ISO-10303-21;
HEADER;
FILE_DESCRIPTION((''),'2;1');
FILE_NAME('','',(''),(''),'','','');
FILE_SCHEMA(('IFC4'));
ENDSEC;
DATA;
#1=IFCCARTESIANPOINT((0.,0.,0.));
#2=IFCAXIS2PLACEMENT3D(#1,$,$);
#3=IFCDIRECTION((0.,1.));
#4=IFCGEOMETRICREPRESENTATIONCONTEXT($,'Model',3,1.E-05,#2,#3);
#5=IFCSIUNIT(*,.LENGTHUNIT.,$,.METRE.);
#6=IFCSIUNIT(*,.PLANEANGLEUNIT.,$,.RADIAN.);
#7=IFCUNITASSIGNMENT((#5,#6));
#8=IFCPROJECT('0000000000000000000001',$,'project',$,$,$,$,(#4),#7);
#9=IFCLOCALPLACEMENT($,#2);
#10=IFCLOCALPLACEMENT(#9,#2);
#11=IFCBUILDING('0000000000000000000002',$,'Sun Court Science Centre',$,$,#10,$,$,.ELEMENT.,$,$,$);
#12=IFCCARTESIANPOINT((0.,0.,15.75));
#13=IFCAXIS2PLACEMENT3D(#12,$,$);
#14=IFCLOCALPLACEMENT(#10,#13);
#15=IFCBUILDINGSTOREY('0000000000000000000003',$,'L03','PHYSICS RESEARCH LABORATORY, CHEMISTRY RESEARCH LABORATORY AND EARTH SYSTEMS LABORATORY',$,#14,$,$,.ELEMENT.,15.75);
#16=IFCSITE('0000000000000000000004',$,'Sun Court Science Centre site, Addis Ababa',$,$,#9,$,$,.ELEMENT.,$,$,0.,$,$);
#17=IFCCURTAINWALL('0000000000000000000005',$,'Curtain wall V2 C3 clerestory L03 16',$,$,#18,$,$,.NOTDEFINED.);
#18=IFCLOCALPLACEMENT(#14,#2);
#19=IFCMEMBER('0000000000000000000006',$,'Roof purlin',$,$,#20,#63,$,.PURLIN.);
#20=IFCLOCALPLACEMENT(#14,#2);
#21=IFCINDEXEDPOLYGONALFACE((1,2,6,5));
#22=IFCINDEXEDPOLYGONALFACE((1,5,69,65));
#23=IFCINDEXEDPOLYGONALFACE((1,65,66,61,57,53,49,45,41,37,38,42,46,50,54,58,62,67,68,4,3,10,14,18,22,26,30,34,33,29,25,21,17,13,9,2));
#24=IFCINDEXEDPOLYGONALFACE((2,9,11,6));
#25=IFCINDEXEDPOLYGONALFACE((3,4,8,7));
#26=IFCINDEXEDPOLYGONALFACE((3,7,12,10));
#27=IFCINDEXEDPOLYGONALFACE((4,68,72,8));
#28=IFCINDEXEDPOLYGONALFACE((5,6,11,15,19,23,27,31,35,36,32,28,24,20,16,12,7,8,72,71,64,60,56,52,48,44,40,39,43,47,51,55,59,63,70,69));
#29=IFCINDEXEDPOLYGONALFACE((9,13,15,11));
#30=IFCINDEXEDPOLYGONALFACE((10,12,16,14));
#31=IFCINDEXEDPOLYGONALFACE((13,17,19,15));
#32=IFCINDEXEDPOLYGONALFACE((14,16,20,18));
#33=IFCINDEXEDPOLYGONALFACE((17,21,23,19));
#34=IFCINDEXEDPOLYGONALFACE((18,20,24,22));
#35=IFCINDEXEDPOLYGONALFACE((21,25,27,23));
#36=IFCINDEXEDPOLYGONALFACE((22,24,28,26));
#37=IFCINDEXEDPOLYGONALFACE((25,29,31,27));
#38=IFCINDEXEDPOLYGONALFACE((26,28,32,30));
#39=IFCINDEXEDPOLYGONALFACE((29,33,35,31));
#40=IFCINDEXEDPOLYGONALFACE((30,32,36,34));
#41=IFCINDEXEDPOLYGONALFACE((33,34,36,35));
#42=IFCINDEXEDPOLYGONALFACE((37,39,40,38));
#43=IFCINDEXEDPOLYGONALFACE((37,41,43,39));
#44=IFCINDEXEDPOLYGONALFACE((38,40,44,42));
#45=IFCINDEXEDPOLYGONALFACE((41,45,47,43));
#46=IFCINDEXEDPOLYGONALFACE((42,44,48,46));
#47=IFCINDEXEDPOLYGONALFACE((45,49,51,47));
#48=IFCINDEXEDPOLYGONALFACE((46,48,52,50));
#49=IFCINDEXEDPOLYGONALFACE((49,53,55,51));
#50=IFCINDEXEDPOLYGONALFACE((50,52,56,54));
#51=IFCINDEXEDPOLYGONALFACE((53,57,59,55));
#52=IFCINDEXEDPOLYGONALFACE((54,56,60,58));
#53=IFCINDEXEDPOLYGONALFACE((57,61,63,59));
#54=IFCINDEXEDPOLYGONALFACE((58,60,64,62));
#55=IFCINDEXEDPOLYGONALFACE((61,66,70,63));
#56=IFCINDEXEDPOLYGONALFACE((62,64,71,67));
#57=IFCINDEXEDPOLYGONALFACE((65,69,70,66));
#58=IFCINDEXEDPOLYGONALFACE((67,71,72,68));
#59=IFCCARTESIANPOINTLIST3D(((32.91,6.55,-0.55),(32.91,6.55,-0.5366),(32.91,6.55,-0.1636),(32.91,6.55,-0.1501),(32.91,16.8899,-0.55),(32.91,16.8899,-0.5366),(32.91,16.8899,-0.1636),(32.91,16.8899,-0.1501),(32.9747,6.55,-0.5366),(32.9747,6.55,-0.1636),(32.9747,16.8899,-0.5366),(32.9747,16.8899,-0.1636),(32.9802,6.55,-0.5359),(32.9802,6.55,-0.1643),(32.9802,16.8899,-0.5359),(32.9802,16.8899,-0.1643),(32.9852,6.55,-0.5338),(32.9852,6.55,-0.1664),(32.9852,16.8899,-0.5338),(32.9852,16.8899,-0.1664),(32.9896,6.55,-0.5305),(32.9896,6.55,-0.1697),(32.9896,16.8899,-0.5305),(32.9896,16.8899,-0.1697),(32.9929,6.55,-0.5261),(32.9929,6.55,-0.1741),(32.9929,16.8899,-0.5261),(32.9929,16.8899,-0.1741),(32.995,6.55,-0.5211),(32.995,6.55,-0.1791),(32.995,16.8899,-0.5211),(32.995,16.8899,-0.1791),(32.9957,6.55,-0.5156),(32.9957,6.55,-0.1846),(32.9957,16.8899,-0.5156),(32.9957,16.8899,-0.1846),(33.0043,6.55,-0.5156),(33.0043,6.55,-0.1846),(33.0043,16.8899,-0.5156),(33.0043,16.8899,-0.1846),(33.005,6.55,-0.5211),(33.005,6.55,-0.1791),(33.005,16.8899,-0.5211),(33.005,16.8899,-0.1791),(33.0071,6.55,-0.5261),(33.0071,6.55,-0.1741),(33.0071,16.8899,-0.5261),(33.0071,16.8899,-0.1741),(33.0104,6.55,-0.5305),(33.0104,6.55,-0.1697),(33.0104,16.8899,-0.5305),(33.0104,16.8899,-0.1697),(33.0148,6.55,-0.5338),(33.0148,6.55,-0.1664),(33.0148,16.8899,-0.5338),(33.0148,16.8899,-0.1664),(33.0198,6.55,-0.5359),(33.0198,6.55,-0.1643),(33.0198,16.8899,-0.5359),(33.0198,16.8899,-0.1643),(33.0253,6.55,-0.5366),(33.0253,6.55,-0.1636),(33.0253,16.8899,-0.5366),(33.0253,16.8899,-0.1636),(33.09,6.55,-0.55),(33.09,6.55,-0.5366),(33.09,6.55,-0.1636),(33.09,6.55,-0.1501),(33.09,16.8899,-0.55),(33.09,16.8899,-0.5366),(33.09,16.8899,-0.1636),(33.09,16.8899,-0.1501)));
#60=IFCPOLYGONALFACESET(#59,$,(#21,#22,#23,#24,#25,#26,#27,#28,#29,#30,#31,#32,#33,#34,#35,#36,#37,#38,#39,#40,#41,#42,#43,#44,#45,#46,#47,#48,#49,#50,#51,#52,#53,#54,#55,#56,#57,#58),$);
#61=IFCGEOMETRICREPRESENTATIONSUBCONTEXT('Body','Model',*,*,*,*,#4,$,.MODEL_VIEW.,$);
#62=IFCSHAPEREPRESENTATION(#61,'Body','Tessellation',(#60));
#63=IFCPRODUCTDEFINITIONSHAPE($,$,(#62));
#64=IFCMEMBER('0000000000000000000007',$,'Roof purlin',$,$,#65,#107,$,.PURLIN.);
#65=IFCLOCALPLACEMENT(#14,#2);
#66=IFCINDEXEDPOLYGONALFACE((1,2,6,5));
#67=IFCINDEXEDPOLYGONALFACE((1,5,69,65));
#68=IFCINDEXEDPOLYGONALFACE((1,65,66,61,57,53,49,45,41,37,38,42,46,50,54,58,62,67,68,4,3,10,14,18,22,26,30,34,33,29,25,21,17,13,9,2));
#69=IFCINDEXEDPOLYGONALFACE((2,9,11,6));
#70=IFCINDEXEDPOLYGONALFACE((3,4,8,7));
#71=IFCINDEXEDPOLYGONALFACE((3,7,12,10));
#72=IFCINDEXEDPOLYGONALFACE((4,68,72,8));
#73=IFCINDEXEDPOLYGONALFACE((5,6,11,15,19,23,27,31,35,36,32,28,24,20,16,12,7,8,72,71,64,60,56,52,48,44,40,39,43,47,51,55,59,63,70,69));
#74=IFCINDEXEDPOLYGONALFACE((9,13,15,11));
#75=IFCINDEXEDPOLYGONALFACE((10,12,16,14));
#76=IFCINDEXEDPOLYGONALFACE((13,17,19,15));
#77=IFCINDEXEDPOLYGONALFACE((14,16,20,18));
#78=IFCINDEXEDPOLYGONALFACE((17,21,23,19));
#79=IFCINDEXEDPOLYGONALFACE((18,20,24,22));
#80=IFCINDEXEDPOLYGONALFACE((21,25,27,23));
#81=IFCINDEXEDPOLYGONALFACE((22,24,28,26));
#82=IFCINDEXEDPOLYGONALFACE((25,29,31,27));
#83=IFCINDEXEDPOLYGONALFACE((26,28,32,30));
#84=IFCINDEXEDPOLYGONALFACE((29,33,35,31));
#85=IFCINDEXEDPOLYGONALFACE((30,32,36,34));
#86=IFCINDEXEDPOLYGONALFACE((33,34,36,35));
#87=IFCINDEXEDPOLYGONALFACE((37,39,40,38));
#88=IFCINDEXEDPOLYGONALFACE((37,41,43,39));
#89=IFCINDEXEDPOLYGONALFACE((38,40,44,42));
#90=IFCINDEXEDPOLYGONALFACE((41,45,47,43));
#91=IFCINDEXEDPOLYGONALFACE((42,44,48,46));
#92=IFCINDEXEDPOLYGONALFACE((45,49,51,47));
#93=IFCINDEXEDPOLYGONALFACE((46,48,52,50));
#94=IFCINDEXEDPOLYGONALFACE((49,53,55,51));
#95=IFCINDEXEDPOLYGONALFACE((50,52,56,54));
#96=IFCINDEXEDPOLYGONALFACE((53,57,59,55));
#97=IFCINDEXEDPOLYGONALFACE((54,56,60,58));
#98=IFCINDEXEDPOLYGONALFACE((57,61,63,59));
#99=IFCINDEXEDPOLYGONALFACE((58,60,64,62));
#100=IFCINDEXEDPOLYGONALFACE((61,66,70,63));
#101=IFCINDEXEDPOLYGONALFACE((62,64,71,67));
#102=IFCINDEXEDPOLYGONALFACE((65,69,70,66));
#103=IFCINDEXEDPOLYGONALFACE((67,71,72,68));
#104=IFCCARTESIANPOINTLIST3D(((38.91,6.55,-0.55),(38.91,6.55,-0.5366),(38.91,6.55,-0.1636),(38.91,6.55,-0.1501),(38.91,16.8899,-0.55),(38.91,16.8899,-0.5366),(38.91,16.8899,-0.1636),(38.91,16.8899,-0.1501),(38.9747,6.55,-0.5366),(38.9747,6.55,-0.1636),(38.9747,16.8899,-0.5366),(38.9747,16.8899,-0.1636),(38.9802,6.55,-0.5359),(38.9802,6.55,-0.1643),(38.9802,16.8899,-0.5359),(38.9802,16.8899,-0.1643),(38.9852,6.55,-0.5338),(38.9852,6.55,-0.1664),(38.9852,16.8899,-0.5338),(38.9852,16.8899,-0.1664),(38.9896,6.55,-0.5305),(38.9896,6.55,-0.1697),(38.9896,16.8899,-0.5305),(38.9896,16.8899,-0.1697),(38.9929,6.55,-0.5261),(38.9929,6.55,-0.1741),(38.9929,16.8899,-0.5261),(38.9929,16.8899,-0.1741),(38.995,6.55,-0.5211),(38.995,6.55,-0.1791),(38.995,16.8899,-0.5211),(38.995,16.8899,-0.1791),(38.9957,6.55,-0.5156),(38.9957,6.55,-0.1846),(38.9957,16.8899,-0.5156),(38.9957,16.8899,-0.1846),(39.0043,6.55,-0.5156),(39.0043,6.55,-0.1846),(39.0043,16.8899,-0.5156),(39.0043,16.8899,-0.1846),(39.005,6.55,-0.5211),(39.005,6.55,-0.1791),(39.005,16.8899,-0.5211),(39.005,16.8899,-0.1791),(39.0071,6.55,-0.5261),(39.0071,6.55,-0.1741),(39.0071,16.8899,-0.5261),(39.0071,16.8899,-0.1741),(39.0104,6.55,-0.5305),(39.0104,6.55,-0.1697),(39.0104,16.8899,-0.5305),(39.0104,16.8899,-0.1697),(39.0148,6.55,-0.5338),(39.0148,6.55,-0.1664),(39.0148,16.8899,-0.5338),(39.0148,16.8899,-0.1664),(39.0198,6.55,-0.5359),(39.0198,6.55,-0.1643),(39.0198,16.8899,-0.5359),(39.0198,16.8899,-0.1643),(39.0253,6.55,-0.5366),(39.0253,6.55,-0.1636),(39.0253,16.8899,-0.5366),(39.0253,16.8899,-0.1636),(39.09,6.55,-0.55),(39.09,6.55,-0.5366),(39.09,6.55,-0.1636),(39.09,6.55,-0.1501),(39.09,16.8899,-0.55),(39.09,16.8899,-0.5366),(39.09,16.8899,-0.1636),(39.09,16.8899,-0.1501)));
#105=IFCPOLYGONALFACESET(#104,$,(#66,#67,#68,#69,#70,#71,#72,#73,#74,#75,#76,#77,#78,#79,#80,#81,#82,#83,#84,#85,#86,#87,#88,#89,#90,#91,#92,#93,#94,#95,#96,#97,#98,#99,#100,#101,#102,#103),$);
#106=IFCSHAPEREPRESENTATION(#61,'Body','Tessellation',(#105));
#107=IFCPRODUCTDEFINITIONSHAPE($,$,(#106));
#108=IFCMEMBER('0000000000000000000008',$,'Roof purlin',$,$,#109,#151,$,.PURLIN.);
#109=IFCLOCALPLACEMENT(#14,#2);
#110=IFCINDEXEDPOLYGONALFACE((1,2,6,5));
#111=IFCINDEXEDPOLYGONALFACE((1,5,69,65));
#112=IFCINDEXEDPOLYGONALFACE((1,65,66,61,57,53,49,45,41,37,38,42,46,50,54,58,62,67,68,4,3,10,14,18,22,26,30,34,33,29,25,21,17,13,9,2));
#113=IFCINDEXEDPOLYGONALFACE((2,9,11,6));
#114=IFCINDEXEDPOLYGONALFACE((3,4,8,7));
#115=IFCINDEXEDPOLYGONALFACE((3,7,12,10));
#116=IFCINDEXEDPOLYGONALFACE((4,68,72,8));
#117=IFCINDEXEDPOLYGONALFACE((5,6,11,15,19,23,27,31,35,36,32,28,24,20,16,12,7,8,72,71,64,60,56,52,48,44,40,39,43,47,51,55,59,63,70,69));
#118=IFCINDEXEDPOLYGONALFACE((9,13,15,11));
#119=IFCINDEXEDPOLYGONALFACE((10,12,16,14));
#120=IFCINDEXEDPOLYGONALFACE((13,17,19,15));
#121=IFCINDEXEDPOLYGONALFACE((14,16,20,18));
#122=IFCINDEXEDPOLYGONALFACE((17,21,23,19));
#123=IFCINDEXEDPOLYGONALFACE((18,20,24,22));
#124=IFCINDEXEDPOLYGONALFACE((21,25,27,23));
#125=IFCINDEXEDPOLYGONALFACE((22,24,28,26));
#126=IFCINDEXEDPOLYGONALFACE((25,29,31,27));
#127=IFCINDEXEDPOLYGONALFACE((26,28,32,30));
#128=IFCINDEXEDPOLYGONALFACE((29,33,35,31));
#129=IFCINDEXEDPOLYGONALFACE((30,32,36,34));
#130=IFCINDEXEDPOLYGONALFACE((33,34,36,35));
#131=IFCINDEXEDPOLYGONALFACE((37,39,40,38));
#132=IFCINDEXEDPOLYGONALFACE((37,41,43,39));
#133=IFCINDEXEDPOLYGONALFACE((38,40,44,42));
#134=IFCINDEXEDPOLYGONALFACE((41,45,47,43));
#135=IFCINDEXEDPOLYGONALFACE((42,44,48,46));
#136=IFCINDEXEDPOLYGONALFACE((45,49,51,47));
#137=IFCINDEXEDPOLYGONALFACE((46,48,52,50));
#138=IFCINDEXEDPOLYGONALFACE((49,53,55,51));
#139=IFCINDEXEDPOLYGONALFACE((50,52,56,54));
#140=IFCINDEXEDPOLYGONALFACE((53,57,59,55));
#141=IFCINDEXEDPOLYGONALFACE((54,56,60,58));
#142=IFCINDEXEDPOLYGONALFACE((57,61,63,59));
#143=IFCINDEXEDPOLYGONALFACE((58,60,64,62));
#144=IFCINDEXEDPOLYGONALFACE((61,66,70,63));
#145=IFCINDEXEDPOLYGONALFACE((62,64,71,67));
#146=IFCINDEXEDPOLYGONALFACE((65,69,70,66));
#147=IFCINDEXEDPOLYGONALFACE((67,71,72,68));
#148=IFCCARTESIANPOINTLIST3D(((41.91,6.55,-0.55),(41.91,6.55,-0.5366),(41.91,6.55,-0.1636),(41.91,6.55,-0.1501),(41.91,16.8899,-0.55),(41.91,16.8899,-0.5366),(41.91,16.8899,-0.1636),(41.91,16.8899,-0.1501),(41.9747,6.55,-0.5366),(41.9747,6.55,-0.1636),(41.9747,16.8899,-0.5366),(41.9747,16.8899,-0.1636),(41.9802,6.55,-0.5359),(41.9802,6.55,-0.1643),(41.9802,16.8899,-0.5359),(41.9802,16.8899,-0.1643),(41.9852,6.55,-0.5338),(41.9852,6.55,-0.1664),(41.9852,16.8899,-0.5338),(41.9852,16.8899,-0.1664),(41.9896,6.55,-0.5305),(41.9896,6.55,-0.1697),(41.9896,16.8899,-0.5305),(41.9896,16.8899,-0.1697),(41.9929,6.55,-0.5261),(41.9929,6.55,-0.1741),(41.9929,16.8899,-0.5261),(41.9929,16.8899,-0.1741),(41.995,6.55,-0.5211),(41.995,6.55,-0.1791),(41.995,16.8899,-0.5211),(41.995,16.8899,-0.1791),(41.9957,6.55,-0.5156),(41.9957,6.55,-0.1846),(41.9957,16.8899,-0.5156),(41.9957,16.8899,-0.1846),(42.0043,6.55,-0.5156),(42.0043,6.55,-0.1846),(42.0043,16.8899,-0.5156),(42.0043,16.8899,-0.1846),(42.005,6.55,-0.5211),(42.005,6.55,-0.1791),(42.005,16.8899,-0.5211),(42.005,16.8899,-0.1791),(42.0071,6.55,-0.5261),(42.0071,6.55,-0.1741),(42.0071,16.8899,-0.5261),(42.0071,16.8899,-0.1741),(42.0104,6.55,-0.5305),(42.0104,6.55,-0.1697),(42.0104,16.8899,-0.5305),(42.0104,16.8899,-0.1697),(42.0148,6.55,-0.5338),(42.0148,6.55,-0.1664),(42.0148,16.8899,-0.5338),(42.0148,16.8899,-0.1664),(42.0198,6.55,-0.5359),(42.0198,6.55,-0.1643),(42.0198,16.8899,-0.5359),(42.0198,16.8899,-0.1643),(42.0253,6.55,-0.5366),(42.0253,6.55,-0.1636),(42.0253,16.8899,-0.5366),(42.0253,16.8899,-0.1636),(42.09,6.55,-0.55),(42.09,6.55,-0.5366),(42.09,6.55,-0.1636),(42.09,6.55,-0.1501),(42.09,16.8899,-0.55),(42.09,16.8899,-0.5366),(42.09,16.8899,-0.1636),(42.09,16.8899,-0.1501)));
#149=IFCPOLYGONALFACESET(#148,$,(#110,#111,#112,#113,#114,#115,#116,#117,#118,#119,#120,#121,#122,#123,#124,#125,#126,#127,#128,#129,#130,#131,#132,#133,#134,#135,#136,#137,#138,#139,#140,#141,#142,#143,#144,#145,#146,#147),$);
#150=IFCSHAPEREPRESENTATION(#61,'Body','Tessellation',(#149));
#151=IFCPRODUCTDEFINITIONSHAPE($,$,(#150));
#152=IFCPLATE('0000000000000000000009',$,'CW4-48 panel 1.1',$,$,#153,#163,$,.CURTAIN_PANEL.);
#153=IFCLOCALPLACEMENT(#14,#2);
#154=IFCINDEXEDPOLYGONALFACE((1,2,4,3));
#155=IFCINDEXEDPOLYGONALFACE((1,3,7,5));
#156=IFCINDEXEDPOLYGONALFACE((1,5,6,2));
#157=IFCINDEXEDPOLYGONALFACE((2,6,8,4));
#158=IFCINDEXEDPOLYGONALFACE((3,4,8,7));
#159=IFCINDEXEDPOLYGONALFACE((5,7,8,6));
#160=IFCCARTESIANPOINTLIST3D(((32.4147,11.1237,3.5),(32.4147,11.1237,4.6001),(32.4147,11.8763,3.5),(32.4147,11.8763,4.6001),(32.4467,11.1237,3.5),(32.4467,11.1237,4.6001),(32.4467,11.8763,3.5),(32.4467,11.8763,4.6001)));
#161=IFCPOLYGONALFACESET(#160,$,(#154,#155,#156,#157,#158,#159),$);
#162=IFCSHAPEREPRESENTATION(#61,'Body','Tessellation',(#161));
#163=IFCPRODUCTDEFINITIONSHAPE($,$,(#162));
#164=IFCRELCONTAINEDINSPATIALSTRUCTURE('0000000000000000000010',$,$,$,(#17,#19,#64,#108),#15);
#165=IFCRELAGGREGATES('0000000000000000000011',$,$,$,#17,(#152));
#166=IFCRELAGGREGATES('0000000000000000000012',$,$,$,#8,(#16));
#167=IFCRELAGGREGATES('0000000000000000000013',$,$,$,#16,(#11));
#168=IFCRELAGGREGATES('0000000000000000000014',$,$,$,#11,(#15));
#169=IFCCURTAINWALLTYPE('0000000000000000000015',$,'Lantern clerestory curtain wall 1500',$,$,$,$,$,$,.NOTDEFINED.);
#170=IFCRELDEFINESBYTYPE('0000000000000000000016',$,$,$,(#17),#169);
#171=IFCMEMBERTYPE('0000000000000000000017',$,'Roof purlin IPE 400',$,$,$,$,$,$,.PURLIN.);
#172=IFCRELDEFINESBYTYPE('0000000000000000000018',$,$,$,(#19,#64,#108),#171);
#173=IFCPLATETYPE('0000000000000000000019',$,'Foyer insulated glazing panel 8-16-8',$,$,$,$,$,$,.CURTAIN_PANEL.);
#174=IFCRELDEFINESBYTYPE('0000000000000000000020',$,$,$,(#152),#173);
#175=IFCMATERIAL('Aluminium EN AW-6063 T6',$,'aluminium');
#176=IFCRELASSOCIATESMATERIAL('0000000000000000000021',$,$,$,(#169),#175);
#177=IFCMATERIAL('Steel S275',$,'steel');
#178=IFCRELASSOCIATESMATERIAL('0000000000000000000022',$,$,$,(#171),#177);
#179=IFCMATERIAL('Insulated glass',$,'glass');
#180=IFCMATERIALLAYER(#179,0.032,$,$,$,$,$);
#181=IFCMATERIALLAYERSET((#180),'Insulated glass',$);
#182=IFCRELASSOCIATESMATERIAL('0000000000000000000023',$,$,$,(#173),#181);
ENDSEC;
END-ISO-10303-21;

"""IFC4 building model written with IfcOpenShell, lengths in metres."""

from ifc_helpers import new_model, si_unit, direction, frame, origin, origin_2d, place, context, subcontext, project, spatial, rectangle, i_section, extrude, material, layer, layer_set, material_profile, profile_set, type_object, element, aggregate, save


model = new_model("IFC4")

# Units and contexts
model_context = context("Model", 3, precision=1e-05, world=origin(), true_north=direction((0.0, 1.0)))
body_context = subcontext(model_context, "Body", "Model", "MODEL_VIEW")
ifc_project = project(units=[si_unit("LENGTHUNIT", "METRE"), si_unit("PLANEANGLEUNIT", "RADIAN")], contexts=[model_context])

# Site, building, storey
site_placement = place(None, origin())
site = spatial("IfcSite", under=ifc_project, at=site_placement, Name="Sun Court Science Centre site, Addis Ababa", CompositionType="ELEMENT", RefElevation=0.0)
building_placement = place(site_placement, origin())
building = spatial("IfcBuilding", under=site, at=building_placement, Name="Sun Court Science Centre", CompositionType="ELEMENT")
storey_placement = place(building_placement, frame((0.0, 0.0, 15.75)))
storey = spatial("IfcBuildingStorey", under=building, at=storey_placement, Name="L03", Description="PHYSICS RESEARCH LABORATORY, CHEMISTRY RESEARCH LABORATORY AND EARTH SYSTEMS LABORATORY", CompositionType="ELEMENT", Elevation=15.75)

# Shared definitions
ifc_material_1 = material(Name="Aluminium EN AW-6063 T6", Category="aluminium")
curtain_wall_type = type_object("IfcCurtainWallType", Name="Lantern clerestory curtain wall 1500", PredefinedType="NOTDEFINED", material=ifc_material_1)

# Curtain wall
curtain_wall_1_placement = place(storey_placement, origin())
curtain_wall_1 = element("IfcCurtainWall", 1, at=curtain_wall_1_placement, inside=storey, type_object=curtain_wall_type, Name="Curtain wall V2 C3 clerestory L03 16", PredefinedType="NOTDEFINED")

# Members
ifc_material_2 = material(Name="Steel S275", Category="steel")
ifc_material_profile_1 = material_profile(ifc_material_2, i_section(OverallWidth=0.1799, OverallDepth=0.3999, WebThickness=0.0085, FlangeThickness=0.0134, FilletRadius=0.021, at=origin_2d()), Name="IPE 400")
ifc_profile_set_1 = profile_set([ifc_material_profile_1], Name="Steel S275")
member_type_1 = type_object("IfcMemberType", Name="Roof purlin IPE 400", PredefinedType="PURLIN", material=ifc_profile_set_1)
for number, where, z_axis, x_axis, name in (
    (2, (33.0, 6.55, -0.3501), (0.0, 1.0, 0.0), (-1.0, 0.0, 0.0), "Roof purlin"),
    (3, (39.0, 6.55, -0.3501), (0.0, 1.0, 0.0), (-1.0, 0.0, 0.0), "Roof purlin"),
    (4, (42.0, 6.55, -0.3501), (0.0, 1.0, 0.0), (-1.0, 0.0, 0.0), "Roof purlin"),
):
    element("IfcMember", number, at=place(storey_placement, frame(where, z_axis=z_axis, x_axis=x_axis)), inside=storey, type_object=member_type_1, Name=name, PredefinedType="PURLIN", context=body_context, shape_type="SweptSolid", body=[
        extrude(i_section(OverallWidth=0.1799, OverallDepth=0.3999, WebThickness=0.0085, FlangeThickness=0.0134, FilletRadius=0.021, at=origin_2d()), origin(), (0.0, 0.0, 1.0), 10.3398),
    ])

# Plate
ifc_material_3 = material(Name="Insulated glass", Category="glass")
ifc_layer_1 = layer(ifc_material_3, 0.032)
ifc_layer_set_1 = layer_set([ifc_layer_1], Name="Insulated glass")
plate_type = type_object("IfcPlateType", Name="Foyer insulated glazing panel 8-16-8", PredefinedType="CURTAIN_PANEL", material=ifc_layer_set_1)
plate_placement = place(storey_placement, frame((32.4307, 11.5, 3.5), z_axis=(0.0, 0.0, 1.0), x_axis=(0.0, -1.0, 0.0)))
plate = element("IfcPlate", 5, at=plate_placement, type_object=plate_type, Name="CW4-48 panel 1.1", PredefinedType="CURTAIN_PANEL", context=body_context, shape_type="SweptSolid", body=[
    extrude(rectangle(XDim=0.7527, YDim=0.032, at=origin_2d()), origin(), (0.0, 0.0, 1.0), 1.1001),
])
aggregate(curtain_wall_1, [plate])

save(model, "model.ifc")
